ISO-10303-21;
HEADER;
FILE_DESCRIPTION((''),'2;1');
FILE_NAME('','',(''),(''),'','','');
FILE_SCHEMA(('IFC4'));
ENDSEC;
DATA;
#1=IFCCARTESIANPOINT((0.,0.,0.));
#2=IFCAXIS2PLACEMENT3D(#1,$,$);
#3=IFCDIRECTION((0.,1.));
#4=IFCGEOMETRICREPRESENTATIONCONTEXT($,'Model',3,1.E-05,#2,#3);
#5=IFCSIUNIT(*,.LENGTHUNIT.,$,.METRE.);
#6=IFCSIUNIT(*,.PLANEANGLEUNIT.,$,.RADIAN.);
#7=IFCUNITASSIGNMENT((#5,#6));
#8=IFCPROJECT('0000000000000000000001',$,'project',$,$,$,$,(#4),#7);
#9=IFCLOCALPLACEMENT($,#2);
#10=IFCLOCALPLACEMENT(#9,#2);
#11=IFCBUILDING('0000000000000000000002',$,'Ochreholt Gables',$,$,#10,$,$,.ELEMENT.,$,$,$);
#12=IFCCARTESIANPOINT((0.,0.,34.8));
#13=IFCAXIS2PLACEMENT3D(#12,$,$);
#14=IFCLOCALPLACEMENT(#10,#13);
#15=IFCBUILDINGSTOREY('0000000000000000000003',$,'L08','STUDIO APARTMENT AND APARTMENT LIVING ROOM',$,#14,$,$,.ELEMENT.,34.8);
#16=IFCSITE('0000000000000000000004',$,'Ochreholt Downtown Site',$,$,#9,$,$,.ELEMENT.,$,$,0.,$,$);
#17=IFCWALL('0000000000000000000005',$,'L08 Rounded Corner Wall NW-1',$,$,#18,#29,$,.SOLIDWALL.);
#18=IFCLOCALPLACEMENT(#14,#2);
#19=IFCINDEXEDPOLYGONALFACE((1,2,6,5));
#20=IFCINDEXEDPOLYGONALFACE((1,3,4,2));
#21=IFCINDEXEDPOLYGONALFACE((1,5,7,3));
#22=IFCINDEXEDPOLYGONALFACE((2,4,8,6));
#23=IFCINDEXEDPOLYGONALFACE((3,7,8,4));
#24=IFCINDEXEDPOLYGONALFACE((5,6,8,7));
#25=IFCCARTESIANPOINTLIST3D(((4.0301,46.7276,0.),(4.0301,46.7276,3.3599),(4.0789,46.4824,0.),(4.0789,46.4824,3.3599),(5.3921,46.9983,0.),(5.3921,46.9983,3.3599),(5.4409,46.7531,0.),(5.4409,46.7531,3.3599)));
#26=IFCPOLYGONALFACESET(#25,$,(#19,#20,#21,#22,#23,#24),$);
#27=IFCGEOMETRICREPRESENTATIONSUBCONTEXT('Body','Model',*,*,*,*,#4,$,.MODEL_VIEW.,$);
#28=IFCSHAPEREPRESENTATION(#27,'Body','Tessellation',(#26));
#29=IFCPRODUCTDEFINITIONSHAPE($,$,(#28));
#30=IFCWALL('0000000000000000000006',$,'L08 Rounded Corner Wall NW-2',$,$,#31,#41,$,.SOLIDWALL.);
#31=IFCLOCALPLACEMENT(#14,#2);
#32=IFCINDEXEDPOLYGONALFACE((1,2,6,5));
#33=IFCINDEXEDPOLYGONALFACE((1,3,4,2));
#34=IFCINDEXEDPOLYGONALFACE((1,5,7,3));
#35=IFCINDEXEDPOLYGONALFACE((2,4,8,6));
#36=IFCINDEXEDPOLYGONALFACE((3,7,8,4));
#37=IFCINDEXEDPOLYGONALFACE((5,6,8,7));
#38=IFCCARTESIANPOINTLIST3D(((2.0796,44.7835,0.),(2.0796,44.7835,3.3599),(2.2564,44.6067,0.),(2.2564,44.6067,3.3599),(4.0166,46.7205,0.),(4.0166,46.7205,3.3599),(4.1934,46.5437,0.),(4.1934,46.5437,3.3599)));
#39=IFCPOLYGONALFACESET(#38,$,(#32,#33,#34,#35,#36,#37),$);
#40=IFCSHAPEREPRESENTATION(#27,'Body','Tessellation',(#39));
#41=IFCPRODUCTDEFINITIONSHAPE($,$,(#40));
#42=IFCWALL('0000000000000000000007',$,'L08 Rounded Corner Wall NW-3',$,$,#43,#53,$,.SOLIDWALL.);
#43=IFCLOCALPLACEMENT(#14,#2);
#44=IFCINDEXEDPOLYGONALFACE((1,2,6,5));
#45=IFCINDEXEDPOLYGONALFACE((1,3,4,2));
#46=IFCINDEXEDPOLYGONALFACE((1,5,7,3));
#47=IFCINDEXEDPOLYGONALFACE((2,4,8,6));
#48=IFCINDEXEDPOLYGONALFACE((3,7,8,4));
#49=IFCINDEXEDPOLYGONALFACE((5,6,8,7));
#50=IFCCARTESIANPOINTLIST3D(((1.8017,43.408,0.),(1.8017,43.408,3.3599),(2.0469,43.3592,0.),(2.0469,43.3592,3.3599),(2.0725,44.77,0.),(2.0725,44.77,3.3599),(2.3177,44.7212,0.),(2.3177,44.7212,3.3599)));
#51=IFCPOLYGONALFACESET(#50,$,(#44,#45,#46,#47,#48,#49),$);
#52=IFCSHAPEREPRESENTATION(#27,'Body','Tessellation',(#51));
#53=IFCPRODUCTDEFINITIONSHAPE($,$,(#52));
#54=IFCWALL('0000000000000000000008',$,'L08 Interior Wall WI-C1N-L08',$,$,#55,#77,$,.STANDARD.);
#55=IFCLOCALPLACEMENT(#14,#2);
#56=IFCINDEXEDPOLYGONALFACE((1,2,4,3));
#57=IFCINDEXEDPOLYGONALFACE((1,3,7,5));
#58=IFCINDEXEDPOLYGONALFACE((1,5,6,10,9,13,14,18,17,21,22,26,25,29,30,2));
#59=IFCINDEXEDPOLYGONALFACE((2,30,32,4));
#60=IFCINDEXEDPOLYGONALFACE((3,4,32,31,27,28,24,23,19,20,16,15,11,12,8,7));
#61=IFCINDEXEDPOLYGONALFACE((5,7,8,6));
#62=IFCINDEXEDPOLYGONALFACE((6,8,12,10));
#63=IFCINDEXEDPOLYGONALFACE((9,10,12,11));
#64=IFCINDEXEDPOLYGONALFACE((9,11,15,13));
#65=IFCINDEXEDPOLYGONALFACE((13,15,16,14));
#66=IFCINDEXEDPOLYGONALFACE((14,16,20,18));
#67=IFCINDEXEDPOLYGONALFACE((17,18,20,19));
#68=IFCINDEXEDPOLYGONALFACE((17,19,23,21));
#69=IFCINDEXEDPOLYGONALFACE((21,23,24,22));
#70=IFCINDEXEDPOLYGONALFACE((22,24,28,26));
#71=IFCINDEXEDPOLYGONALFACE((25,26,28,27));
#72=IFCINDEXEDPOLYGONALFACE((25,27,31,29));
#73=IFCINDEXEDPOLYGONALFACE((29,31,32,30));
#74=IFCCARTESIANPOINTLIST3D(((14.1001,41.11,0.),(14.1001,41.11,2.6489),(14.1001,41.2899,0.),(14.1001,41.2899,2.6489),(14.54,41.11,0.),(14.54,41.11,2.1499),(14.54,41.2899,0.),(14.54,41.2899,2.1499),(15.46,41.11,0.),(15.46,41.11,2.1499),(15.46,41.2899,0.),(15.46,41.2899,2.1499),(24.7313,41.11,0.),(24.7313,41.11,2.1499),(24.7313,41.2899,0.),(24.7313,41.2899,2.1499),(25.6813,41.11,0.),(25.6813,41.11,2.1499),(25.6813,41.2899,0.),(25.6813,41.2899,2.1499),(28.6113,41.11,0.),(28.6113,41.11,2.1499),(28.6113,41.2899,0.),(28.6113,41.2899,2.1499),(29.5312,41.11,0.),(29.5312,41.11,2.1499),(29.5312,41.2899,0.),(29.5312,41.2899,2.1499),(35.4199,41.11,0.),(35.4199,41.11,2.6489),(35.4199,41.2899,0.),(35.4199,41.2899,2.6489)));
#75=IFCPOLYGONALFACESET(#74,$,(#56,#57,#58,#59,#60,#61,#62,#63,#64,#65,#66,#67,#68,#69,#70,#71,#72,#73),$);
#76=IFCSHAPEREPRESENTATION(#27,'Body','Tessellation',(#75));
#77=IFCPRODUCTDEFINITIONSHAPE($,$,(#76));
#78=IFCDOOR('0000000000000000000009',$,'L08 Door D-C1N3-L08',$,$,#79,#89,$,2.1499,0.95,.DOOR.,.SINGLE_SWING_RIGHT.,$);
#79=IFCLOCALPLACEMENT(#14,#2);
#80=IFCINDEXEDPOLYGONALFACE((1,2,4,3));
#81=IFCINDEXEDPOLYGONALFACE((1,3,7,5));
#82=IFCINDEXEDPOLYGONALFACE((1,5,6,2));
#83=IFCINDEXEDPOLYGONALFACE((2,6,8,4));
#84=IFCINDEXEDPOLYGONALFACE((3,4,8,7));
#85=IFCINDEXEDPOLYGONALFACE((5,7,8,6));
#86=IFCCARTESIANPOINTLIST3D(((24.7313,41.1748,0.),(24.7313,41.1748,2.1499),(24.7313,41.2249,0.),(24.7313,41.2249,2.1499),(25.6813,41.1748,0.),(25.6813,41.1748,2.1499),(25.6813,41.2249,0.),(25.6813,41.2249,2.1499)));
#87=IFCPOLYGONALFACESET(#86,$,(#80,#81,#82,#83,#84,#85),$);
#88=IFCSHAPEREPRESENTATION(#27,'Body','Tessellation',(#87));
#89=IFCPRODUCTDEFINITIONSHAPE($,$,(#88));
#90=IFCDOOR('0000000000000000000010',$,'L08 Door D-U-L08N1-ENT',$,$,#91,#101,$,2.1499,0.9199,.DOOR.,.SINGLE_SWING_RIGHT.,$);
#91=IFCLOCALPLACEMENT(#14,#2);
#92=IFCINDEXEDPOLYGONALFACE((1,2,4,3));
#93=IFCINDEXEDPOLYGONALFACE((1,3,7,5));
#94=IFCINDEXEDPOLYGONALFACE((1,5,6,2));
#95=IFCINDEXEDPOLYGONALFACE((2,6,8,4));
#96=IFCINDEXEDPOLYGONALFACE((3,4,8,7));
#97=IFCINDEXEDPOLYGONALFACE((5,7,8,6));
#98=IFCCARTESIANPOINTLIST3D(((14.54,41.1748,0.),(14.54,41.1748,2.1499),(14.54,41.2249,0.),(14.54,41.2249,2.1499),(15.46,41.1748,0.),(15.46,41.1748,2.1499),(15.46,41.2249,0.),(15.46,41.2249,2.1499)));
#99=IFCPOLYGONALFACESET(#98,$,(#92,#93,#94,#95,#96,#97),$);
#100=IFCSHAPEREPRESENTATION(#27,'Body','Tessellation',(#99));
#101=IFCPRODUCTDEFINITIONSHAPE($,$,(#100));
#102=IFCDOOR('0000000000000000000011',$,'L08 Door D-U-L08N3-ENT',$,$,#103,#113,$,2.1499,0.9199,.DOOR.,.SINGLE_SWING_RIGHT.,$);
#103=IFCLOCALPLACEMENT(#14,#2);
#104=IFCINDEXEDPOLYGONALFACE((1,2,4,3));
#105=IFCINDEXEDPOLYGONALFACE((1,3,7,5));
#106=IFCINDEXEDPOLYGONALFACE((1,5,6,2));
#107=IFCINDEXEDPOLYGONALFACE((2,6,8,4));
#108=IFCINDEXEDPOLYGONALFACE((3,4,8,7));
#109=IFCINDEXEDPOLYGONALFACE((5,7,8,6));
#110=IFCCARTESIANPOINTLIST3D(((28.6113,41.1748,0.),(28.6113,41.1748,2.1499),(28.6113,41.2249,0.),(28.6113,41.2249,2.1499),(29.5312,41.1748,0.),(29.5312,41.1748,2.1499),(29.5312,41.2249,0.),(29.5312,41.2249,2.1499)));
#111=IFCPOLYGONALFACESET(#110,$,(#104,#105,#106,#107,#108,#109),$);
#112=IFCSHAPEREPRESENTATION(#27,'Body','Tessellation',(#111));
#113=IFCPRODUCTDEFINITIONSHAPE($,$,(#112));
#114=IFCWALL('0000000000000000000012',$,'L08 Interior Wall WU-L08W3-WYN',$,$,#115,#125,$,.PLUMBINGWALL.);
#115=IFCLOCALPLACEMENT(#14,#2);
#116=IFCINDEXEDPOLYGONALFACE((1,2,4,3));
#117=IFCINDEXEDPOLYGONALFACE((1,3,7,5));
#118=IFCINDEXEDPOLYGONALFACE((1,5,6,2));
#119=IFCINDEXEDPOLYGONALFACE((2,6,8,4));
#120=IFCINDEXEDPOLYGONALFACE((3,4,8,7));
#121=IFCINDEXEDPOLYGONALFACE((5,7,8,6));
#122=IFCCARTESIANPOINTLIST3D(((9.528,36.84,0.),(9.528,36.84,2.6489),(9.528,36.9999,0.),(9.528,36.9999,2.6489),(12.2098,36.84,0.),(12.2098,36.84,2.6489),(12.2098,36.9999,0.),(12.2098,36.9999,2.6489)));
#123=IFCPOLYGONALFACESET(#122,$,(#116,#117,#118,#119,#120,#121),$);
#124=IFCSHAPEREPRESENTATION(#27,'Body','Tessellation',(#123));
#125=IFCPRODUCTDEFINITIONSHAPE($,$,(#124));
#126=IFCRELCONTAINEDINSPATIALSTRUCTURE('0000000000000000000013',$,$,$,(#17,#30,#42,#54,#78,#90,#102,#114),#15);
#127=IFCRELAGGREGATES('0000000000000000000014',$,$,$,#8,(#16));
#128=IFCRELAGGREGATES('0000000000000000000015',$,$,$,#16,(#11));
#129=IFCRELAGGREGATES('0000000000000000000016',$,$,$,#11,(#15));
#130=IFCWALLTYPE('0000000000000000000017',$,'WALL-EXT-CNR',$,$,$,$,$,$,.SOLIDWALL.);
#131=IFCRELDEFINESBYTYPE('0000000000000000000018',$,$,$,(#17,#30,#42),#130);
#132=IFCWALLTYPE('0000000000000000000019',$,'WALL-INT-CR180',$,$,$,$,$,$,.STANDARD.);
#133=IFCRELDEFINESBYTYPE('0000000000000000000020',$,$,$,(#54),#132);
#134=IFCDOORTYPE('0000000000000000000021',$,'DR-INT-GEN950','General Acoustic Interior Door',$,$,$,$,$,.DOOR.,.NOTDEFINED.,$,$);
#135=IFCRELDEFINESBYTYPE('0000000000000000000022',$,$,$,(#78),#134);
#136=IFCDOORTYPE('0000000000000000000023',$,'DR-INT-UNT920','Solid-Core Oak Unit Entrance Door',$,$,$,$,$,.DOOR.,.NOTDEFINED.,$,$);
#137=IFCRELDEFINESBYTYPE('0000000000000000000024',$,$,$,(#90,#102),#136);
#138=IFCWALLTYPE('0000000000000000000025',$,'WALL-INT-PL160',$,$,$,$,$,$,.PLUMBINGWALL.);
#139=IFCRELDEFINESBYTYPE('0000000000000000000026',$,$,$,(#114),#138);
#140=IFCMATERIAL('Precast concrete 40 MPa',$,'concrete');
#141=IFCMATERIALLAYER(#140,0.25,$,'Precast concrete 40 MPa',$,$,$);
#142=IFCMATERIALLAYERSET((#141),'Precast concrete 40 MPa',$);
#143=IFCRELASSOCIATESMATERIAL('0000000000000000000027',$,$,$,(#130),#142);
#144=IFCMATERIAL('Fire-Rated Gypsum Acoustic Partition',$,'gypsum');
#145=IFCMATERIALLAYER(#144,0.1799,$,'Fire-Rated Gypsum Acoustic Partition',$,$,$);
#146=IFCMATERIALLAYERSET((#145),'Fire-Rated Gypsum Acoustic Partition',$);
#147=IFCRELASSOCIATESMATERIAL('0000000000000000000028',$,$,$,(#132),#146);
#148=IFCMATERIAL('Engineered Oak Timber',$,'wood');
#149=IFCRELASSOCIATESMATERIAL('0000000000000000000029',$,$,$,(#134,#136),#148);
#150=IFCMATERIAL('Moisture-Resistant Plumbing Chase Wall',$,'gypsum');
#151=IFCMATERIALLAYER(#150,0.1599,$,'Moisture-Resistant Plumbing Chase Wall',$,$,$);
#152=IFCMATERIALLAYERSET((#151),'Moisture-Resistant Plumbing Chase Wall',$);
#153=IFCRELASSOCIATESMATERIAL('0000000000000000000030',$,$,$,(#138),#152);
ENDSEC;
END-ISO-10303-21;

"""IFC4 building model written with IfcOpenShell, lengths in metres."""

from ifc_helpers import new_model, si_unit, direction, frame, frame_2d, origin, place, context, subcontext, project, spatial, rectangle, extrude, material, layer, layer_set, type_object, element, fill, save


model = new_model("IFC4")

# Units and contexts
model_context = context("Model", 3, precision=1e-05, world=origin(), true_north=direction((0.0, 1.0)))
body_context = subcontext(model_context, "Body", "Model", "MODEL_VIEW")
ifc_project = project(units=[si_unit("LENGTHUNIT", "METRE"), si_unit("PLANEANGLEUNIT", "RADIAN")], contexts=[model_context])

# Site, building, storey
site_placement = place(None, origin())
site = spatial("IfcSite", under=ifc_project, at=site_placement, Name="Ochreholt Downtown Site", CompositionType="ELEMENT", RefElevation=0.0)
building_placement = place(site_placement, origin())
building = spatial("IfcBuilding", under=site, at=building_placement, Name="Ochreholt Gables", CompositionType="ELEMENT")
storey_placement = place(building_placement, frame((0.0, 0.0, 34.8)))
storey = spatial("IfcBuildingStorey", under=building, at=storey_placement, Name="L08", Description="STUDIO APARTMENT AND APARTMENT LIVING ROOM", CompositionType="ELEMENT", Elevation=34.8)

# Shared definitions
ifc_material_1 = material(Name="Precast concrete 40 MPa", Category="concrete")

# Walls
ifc_layer_1 = layer(ifc_material_1, 0.25, Name="Precast concrete 40 MPa")
ifc_layer_set_1 = layer_set([ifc_layer_1], Name="Precast concrete 40 MPa")
wall_type_1 = type_object("IfcWallType", Name="WALL-EXT-CNR", PredefinedType="SOLIDWALL", material=ifc_layer_set_1)
wall_1_placement = place(storey_placement, frame((5.4165, 46.8757, 0.0), z_axis=(0.0, 0.0, 1.0), x_axis=(-0.98081, -0.194967, 0.0)))
element("IfcWall", 1, at=wall_1_placement, inside=storey, type_object=wall_type_1, Name="L08 Rounded Corner Wall NW-1", PredefinedType="SOLIDWALL", context=body_context, shape_type="SweptSolid", body=[
    extrude(rectangle(XDim=1.3887, YDim=0.25, at=frame_2d((0.6943, 0.0))), origin(), (0.0, 0.0, 1.0), 3.3599),
])
wall_2_placement = place(storey_placement, frame((4.105, 46.6321, 0.0), z_axis=(0.0, 0.0, 1.0), x_axis=(-0.707107, -0.707107, 0.0)))
element("IfcWall", 2, at=wall_2_placement, inside=storey, type_object=wall_type_1, Name="L08 Rounded Corner Wall NW-2", PredefinedType="SOLIDWALL", context=body_context, shape_type="SweptSolid", body=[
    extrude(rectangle(XDim=2.7393, YDim=0.25, at=frame_2d((1.3696, 0.0))), origin(), (0.0, 0.0, 1.0), 3.3599),
])
wall_3_placement = place(storey_placement, frame((2.1951, 44.7456, 0.0), z_axis=(0.0, 0.0, 1.0), x_axis=(-0.194967, -0.98081, 0.0)))
element("IfcWall", 3, at=wall_3_placement, inside=storey, type_object=wall_type_1, Name="L08 Rounded Corner Wall NW-3", PredefinedType="SOLIDWALL", context=body_context, shape_type="SweptSolid", body=[
    extrude(rectangle(XDim=1.3887, YDim=0.25, at=frame_2d((0.6943, 0.0))), origin(), (0.0, 0.0, 1.0), 3.3599),
])

# Wall, openings, doors
ifc_material_2 = material(Name="Fire-Rated Gypsum Acoustic Partition", Category="gypsum")
ifc_layer_2 = layer(ifc_material_2, 0.1799, Name="Fire-Rated Gypsum Acoustic Partition")
ifc_layer_set_2 = layer_set([ifc_layer_2], Name="Fire-Rated Gypsum Acoustic Partition")
wall_type_2 = type_object("IfcWallType", Name="WALL-INT-CR180", PredefinedType="STANDARD", material=ifc_layer_set_2)
wall_4_placement = place(storey_placement, frame((14.1001, 41.2, 0.0), z_axis=(0.0, 0.0, 1.0), x_axis=(1.0, 0.0, 0.0)))
wall_4 = element("IfcWall", 4, at=wall_4_placement, inside=storey, type_object=wall_type_2, Name="L08 Interior Wall WI-C1N-L08", PredefinedType="STANDARD", context=body_context, shape_type="SweptSolid", body=[
    extrude(rectangle(XDim=21.3198, YDim=0.1799, at=frame_2d((10.6599, 0.0))), origin(), (0.0, 0.0, 1.0), 2.6489),
])
opening_1_placement = place(wall_4_placement, frame((0.4399, 0.0, 0.0)))
opening_1 = element("IfcOpeningElement", 5, at=opening_1_placement, cuts=wall_4, PredefinedType="OPENING", context=body_context, shape_type="SweptSolid", body=[
    extrude(rectangle(XDim=0.9199, YDim=2.1499, at=frame_2d((0.46, 1.075))), frame((0.0, 0.0999, 0.0), z_axis=(0.0, -1.0, 0.0), x_axis=(1.0, 0.0, 0.0)), (0.0, 0.0, 1.0), 0.2),
])
opening_2_placement = place(wall_4_placement, frame((10.6311, 0.0, 0.0)))
opening_2 = element("IfcOpeningElement", 6, at=opening_2_placement, cuts=wall_4, PredefinedType="OPENING", context=body_context, shape_type="SweptSolid", body=[
    extrude(rectangle(XDim=0.95, YDim=2.1499, at=frame_2d((0.4751, 1.075))), frame((0.0, 0.0999, 0.0), z_axis=(0.0, -1.0, 0.0), x_axis=(1.0, 0.0, 0.0)), (0.0, 0.0, 1.0), 0.2),
])
opening_3_placement = place(wall_4_placement, frame((14.5112, 0.0, 0.0)))
opening_3 = element("IfcOpeningElement", 7, at=opening_3_placement, cuts=wall_4, PredefinedType="OPENING", context=body_context, shape_type="SweptSolid", body=[
    extrude(rectangle(XDim=0.9199, YDim=2.1499, at=frame_2d((0.46, 1.075))), frame((0.0, 0.0999, 0.0), z_axis=(0.0, -1.0, 0.0), x_axis=(1.0, 0.0, 0.0)), (0.0, 0.0, 1.0), 0.2),
])
ifc_material_3 = material(Name="Engineered Oak Timber", Category="wood")
door_type_1 = type_object("IfcDoorType", Name="DR-INT-GEN950", Description="General Acoustic Interior Door", OperationType="NOTDEFINED", PredefinedType="DOOR", material=ifc_material_3)
door_1_placement = place(opening_2_placement, origin())
door_1 = element("IfcDoor", 8, at=door_1_placement, inside=storey, type_object=door_type_1, Name="L08 Door D-C1N3-L08", OperationType="SINGLE_SWING_RIGHT", OverallHeight=2.1499, OverallWidth=0.95, PredefinedType="DOOR", context=body_context, shape_type="SweptSolid", body=[
    extrude(rectangle(XDim=0.95, YDim=2.1499, at=frame_2d((0.4751, 1.075))), frame((0.0, 0.0249, 0.0), z_axis=(0.0, -1.0, 0.0), x_axis=(1.0, 0.0, 0.0)), (0.0, 0.0, 1.0), 0.05),
])
fill(opening_2, door_1)
door_type_2 = type_object("IfcDoorType", Name="DR-INT-UNT920", Description="Solid-Core Oak Unit Entrance Door", OperationType="NOTDEFINED", PredefinedType="DOOR", material=ifc_material_3)
door_2_placement = place(opening_1_placement, origin())
door_2 = element("IfcDoor", 9, at=door_2_placement, inside=storey, type_object=door_type_2, Name="L08 Door D-U-L08N1-ENT", OperationType="SINGLE_SWING_RIGHT", OverallHeight=2.1499, OverallWidth=0.9199, PredefinedType="DOOR", context=body_context, shape_type="SweptSolid", body=[
    extrude(rectangle(XDim=0.9199, YDim=2.1499, at=frame_2d((0.46, 1.075))), frame((0.0, 0.0249, 0.0), z_axis=(0.0, -1.0, 0.0), x_axis=(1.0, 0.0, 0.0)), (0.0, 0.0, 1.0), 0.05),
])
fill(opening_1, door_2)
door_3_placement = place(opening_3_placement, origin())
door_3 = element("IfcDoor", 10, at=door_3_placement, inside=storey, type_object=door_type_2, Name="L08 Door D-U-L08N3-ENT", OperationType="SINGLE_SWING_RIGHT", OverallHeight=2.1499, OverallWidth=0.9199, PredefinedType="DOOR", context=body_context, shape_type="SweptSolid", body=[
    extrude(rectangle(XDim=0.9199, YDim=2.1499, at=frame_2d((0.46, 1.075))), frame((0.0, 0.0249, 0.0), z_axis=(0.0, -1.0, 0.0), x_axis=(1.0, 0.0, 0.0)), (0.0, 0.0, 1.0), 0.05),
])
fill(opening_3, door_3)

# Wall
ifc_material_4 = material(Name="Moisture-Resistant Plumbing Chase Wall", Category="gypsum")
ifc_layer_3 = layer(ifc_material_4, 0.1599, Name="Moisture-Resistant Plumbing Chase Wall")
ifc_layer_set_3 = layer_set([ifc_layer_3], Name="Moisture-Resistant Plumbing Chase Wall")
wall_type_3 = type_object("IfcWallType", Name="WALL-INT-PL160", PredefinedType="PLUMBINGWALL", material=ifc_layer_set_3)
wall_5_placement = place(storey_placement, frame((9.5281, 36.9199, 0.0), z_axis=(0.0, 0.0, 1.0), x_axis=(1.0, 0.0, 0.0)))
element("IfcWall", 11, at=wall_5_placement, inside=storey, type_object=wall_type_3, Name="L08 Interior Wall WU-L08W3-WYN", PredefinedType="PLUMBINGWALL", context=body_context, shape_type="SweptSolid", body=[
    extrude(rectangle(XDim=2.6819, YDim=0.1599, at=frame_2d((1.3408, 0.0))), origin(), (0.0, 0.0, 1.0), 2.6489),
])

save(model, "model.ifc")
